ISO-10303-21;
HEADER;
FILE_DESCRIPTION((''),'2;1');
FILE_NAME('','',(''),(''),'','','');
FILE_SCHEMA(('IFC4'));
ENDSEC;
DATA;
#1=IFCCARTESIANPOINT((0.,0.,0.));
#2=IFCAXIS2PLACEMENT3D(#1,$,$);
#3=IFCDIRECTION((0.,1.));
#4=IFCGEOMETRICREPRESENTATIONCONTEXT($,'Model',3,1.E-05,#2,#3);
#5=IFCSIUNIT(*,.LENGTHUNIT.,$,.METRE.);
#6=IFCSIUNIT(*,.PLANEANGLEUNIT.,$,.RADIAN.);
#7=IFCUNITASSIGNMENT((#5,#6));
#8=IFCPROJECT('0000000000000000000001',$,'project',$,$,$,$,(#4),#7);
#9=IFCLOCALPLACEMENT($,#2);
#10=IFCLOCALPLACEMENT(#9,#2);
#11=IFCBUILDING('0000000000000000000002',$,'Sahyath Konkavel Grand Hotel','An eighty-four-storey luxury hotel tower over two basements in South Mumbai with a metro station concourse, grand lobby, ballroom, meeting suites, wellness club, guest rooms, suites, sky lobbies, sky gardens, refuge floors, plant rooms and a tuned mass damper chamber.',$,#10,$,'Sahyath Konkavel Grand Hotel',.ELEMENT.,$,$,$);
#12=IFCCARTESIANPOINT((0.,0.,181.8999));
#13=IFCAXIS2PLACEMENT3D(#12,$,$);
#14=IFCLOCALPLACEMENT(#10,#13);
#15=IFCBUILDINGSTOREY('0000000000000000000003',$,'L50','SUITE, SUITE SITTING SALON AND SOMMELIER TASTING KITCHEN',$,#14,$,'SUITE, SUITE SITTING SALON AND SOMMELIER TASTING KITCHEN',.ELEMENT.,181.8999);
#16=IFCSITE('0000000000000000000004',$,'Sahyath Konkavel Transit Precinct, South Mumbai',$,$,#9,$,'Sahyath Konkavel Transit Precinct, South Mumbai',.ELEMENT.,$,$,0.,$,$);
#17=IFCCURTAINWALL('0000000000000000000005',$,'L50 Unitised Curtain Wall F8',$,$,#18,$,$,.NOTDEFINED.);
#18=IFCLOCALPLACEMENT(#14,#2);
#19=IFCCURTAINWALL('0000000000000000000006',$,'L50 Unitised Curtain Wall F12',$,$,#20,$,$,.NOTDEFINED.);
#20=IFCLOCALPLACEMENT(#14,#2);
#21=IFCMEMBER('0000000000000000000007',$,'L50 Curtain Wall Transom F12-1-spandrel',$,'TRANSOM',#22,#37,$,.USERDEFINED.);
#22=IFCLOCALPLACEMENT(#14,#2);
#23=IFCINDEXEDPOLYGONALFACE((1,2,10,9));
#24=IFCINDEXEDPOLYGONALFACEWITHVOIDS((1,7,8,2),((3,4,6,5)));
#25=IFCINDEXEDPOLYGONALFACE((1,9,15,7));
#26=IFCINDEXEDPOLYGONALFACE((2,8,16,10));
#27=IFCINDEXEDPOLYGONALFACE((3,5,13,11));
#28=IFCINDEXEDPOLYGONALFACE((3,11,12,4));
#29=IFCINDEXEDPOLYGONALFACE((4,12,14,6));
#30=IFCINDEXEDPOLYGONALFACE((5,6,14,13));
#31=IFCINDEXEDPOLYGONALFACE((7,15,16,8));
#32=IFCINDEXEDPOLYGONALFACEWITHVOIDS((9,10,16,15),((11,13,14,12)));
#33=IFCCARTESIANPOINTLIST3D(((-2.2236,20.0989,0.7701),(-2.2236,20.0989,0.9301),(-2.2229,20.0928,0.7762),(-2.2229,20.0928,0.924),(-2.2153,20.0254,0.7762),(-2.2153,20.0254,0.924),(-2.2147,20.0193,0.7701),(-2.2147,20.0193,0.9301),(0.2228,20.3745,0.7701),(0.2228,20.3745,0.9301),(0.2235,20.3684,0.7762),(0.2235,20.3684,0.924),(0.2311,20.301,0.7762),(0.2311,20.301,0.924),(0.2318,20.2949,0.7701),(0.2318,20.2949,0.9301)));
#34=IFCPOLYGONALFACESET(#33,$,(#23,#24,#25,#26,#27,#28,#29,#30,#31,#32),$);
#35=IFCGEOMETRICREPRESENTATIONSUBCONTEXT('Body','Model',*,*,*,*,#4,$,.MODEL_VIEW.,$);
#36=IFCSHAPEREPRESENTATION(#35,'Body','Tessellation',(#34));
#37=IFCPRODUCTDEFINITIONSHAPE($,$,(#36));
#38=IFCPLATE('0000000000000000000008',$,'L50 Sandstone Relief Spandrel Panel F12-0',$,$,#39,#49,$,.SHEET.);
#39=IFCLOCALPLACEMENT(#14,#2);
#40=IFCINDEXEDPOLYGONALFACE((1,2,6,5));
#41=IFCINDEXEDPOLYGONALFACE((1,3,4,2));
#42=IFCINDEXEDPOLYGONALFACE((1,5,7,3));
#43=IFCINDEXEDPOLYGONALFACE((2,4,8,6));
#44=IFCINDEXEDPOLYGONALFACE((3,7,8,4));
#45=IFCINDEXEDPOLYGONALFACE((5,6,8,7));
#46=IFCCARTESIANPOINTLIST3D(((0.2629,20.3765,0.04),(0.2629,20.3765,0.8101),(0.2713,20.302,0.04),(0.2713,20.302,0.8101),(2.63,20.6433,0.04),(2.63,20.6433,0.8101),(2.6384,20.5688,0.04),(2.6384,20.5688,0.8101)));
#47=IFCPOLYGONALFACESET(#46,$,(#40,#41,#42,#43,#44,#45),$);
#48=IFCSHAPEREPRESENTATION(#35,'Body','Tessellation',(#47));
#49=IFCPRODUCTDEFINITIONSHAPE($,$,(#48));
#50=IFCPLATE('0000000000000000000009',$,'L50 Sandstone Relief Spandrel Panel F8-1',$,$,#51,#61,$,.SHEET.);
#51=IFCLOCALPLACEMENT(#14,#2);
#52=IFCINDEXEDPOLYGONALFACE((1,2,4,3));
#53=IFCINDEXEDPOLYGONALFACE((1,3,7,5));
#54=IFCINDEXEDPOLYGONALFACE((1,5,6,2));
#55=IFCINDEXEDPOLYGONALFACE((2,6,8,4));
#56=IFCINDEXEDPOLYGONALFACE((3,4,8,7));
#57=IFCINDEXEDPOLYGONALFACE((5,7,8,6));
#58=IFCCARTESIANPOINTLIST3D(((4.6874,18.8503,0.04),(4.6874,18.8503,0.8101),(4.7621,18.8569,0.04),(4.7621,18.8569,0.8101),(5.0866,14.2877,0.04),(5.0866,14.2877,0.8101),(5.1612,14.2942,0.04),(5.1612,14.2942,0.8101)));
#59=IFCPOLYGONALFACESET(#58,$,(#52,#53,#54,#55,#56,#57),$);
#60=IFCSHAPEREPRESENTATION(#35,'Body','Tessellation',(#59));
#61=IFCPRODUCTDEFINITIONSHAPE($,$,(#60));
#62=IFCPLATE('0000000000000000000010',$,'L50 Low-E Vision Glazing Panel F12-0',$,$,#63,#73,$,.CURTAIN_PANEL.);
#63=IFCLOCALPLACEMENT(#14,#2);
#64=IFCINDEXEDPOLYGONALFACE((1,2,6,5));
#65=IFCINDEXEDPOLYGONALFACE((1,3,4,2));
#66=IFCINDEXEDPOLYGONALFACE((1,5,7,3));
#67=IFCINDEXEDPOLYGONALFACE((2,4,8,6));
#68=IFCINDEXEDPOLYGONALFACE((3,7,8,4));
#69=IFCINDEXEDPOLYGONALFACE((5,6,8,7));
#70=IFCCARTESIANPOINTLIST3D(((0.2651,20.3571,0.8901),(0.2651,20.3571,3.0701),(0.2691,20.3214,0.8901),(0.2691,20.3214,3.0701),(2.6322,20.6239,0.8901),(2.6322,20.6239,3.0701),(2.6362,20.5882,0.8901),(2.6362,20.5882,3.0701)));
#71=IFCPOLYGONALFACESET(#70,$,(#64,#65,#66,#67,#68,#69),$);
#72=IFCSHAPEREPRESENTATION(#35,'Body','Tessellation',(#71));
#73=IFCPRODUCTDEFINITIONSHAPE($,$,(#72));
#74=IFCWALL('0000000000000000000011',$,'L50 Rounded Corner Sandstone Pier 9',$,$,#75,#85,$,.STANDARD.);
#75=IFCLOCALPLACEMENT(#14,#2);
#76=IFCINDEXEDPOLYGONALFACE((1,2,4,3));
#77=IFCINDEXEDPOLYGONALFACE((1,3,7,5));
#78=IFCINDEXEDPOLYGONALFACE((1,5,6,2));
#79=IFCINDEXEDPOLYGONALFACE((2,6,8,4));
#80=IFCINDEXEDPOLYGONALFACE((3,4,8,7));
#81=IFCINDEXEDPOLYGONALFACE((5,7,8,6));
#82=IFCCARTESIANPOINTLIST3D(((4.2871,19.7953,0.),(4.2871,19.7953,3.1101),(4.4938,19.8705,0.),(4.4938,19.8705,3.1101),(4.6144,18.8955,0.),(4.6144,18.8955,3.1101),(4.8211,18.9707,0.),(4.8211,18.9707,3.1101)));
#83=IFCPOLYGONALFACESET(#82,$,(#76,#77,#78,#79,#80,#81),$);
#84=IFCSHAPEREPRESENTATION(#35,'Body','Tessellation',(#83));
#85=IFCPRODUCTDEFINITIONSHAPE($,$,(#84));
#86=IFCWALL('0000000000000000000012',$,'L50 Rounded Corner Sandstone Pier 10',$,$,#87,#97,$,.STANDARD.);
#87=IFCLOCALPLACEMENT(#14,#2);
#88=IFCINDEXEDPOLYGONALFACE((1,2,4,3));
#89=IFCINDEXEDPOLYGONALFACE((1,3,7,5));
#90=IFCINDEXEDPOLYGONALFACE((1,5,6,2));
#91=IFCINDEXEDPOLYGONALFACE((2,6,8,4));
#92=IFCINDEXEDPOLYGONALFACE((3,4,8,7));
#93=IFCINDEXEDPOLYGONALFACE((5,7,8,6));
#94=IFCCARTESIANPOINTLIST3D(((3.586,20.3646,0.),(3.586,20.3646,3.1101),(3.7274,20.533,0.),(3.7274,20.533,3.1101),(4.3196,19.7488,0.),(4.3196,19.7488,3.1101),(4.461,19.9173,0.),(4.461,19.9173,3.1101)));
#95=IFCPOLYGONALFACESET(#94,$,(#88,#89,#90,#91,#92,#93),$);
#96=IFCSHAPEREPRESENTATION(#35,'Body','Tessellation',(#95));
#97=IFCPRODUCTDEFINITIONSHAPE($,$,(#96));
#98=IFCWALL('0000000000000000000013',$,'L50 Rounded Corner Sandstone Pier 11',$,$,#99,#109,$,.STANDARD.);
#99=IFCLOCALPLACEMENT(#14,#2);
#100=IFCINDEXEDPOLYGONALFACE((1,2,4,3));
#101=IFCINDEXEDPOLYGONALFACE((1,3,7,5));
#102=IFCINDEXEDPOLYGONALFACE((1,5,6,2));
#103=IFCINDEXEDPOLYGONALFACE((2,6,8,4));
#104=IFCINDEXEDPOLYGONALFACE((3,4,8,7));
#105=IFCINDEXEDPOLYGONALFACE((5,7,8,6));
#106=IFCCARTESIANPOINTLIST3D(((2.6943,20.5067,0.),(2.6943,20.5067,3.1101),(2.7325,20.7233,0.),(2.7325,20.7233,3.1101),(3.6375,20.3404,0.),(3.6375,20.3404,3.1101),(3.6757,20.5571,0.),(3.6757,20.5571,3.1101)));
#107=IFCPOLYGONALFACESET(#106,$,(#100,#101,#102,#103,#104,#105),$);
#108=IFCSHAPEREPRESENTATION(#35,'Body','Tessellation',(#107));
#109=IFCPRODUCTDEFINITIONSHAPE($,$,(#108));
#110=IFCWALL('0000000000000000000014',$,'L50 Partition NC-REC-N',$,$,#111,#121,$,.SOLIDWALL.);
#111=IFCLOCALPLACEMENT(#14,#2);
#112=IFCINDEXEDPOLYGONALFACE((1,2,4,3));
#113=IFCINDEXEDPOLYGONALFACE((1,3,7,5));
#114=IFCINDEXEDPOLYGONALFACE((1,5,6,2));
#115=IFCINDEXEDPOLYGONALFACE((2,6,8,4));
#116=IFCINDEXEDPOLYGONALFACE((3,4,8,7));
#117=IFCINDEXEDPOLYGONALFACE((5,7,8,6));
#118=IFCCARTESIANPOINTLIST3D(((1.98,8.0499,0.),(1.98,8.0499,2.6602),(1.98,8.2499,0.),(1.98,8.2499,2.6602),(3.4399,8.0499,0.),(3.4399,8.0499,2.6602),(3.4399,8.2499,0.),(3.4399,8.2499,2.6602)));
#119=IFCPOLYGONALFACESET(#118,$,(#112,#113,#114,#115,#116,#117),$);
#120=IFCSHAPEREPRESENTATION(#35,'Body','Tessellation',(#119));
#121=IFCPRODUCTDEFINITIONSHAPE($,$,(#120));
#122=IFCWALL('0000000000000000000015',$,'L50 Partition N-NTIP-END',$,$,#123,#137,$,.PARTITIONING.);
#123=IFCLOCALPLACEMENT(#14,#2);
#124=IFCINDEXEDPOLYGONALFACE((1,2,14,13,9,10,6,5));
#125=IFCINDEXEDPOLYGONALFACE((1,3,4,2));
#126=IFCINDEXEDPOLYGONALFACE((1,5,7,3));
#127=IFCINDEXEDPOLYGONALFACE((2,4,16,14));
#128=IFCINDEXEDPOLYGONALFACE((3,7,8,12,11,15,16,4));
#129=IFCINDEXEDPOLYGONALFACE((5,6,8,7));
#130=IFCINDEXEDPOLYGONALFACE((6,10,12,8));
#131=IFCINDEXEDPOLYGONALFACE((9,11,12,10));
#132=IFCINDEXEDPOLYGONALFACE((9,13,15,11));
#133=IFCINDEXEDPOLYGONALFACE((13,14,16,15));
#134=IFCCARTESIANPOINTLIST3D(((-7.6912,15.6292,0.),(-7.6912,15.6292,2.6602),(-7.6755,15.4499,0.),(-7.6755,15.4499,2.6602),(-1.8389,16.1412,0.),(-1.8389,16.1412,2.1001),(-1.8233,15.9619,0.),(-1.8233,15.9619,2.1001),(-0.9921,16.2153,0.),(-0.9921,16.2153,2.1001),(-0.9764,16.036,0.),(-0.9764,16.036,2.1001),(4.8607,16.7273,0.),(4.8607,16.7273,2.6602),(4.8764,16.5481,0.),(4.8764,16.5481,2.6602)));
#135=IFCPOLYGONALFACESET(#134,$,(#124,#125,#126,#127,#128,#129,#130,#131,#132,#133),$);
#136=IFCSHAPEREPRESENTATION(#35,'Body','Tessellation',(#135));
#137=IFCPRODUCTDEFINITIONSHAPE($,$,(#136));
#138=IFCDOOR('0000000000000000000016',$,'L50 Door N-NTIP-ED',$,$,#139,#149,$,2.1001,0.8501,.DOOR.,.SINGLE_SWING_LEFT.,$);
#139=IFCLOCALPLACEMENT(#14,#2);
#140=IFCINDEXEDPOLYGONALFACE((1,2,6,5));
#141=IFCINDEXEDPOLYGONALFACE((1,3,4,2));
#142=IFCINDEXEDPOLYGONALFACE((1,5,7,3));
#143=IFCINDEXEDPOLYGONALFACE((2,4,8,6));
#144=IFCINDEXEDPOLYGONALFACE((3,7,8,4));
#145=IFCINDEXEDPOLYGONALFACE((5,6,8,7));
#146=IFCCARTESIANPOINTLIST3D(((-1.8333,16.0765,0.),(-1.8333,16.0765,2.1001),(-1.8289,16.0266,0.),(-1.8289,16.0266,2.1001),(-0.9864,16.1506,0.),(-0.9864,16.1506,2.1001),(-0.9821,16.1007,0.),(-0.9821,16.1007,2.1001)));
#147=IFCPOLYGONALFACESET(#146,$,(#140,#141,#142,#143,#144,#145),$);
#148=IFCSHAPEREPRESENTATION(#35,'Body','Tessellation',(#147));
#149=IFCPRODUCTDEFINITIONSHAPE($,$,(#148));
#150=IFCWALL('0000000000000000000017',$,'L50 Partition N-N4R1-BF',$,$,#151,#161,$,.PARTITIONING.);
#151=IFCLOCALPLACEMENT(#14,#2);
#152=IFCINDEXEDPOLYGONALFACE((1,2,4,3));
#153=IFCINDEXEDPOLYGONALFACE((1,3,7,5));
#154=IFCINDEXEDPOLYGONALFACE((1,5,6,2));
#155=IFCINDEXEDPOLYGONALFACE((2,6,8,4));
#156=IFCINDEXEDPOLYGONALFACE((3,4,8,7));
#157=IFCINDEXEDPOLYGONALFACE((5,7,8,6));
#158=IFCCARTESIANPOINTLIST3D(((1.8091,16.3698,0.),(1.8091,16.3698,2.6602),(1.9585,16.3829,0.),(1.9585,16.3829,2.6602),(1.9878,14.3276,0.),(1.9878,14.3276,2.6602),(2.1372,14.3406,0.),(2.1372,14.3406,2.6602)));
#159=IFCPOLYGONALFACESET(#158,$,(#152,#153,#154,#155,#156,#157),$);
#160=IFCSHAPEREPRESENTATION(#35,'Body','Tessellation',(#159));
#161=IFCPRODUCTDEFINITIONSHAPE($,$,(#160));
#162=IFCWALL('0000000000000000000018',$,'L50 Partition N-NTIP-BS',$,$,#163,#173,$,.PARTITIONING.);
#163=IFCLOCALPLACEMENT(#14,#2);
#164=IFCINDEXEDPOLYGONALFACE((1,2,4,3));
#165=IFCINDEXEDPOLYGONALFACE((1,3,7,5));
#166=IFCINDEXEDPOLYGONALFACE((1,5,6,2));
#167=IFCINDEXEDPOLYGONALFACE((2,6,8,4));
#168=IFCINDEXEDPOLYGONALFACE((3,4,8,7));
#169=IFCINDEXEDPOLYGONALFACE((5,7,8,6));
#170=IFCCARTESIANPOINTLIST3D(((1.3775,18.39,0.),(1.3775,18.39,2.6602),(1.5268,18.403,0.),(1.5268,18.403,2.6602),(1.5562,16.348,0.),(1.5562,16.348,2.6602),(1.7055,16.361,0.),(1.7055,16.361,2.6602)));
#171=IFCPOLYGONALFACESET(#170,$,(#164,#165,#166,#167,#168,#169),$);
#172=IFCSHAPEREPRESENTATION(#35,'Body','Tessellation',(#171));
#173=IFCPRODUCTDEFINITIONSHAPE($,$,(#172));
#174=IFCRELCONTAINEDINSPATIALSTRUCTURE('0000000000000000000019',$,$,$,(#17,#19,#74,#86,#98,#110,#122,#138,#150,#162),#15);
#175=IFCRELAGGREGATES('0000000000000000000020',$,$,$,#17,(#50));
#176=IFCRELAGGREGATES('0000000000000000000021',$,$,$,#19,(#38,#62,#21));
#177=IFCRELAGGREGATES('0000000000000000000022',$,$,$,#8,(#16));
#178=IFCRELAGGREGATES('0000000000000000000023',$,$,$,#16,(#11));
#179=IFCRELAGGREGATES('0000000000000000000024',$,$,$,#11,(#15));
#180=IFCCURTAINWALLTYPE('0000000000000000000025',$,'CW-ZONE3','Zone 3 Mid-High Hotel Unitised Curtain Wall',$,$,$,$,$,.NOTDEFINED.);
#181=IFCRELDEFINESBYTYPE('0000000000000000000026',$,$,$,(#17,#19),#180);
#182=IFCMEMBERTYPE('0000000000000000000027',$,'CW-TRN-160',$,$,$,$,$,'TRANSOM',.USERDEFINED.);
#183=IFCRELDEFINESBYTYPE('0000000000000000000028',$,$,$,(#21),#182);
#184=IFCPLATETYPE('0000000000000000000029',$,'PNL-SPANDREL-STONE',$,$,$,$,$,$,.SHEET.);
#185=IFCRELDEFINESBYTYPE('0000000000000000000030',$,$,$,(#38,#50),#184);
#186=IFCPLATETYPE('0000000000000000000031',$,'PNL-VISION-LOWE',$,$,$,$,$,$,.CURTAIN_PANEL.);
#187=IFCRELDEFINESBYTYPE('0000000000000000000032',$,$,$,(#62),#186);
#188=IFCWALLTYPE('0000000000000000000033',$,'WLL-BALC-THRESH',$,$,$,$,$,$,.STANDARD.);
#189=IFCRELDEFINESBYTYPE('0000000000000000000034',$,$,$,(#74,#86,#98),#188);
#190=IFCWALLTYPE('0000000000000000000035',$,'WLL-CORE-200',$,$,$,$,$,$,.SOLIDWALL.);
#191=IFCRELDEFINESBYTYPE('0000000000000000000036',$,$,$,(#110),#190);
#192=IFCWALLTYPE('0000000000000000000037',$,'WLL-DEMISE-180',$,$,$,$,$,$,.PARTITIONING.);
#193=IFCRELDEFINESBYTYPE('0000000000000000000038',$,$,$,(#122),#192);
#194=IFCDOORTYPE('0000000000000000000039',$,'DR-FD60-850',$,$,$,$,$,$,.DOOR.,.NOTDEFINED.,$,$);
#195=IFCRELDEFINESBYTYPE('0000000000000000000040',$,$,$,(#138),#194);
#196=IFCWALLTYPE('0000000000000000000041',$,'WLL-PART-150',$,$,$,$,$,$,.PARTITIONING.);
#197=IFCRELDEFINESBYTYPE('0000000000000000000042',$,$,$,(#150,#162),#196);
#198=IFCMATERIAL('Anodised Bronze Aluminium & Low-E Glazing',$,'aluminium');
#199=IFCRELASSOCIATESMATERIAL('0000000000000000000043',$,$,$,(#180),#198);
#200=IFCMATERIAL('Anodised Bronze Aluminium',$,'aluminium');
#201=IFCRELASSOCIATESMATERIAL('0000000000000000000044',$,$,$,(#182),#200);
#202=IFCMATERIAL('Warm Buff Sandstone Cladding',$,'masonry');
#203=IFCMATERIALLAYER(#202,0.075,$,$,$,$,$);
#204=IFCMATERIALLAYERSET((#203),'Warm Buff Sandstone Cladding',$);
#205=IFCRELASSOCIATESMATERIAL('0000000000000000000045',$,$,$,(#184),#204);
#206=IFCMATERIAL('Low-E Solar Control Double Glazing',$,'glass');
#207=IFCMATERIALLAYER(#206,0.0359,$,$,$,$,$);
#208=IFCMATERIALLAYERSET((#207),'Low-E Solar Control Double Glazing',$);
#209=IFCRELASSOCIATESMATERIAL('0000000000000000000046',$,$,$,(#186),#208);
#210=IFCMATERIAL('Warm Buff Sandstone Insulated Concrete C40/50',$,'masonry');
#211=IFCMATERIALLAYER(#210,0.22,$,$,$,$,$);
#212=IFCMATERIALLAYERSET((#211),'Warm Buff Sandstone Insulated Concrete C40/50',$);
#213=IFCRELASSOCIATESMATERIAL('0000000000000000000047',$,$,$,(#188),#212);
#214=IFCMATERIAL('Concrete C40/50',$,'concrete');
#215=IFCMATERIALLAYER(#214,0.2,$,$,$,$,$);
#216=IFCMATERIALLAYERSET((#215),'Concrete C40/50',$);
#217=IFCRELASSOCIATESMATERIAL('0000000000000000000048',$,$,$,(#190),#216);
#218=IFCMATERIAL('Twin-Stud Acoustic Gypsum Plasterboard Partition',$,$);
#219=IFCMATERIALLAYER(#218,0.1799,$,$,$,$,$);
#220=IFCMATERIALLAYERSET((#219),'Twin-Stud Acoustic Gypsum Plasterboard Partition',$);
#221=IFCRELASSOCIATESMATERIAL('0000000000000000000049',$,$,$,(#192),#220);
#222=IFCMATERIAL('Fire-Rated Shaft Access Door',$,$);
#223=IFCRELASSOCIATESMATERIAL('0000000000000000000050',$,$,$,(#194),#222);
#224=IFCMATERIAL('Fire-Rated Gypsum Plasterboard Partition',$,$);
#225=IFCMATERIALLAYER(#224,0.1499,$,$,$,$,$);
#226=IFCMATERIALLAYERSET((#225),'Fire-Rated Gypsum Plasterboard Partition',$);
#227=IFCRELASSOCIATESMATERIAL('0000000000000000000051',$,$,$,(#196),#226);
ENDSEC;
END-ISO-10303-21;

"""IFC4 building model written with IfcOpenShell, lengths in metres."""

from ifc_helpers import new_model, si_unit, direction, frame, frame_2d, origin, origin_2d, place, context, subcontext, project, spatial, rectangle, hollow_rectangle, extrude, source, transform, mapped, material, layer, layer_set, material_profile, profile_set, type_object, element, fill, aggregate, save


model = new_model("IFC4")

# Units and contexts
model_context = context("Model", 3, precision=1e-05, world=origin(), true_north=direction((0.0, 1.0)))
body_context = subcontext(model_context, "Body", "Model", "MODEL_VIEW")
ifc_project = project(units=[si_unit("LENGTHUNIT", "METRE"), si_unit("PLANEANGLEUNIT", "RADIAN")], contexts=[model_context])

# Site, building, storey
site_placement = place(None, origin())
site = spatial("IfcSite", under=ifc_project, at=site_placement, Name="Sahyath Konkavel Transit Precinct, South Mumbai", LongName="Sahyath Konkavel Transit Precinct, South Mumbai", CompositionType="ELEMENT", RefElevation=0.0)
building_placement = place(site_placement, origin())
building = spatial("IfcBuilding", under=site, at=building_placement, Name="Sahyath Konkavel Grand Hotel", Description="An eighty-four-storey luxury hotel tower over two basements in South Mumbai with a metro station concourse, grand lobby, ballroom, meeting suites, wellness club, guest rooms, suites, sky lobbies, sky gardens, refuge floors, plant rooms and a tuned mass damper chamber.", LongName="Sahyath Konkavel Grand Hotel", CompositionType="ELEMENT")
storey_placement = place(building_placement, frame((0.0, 0.0, 181.8999)))
storey = spatial("IfcBuildingStorey", under=building, at=storey_placement, Name="L50", Description="SUITE, SUITE SITTING SALON AND SOMMELIER TASTING KITCHEN", LongName="SUITE, SUITE SITTING SALON AND SOMMELIER TASTING KITCHEN", CompositionType="ELEMENT", Elevation=181.8999)

# Shared definitions
ifc_material_1 = material(Name="Concrete C40/50", Category="concrete")

# Curtain wall
ifc_material_2 = material(Name="Anodised Bronze Aluminium & Low-E Glazing", Category="aluminium")
curtain_wall_type = type_object("IfcCurtainWallType", Name="CW-ZONE3", Description="Zone 3 Mid-High Hotel Unitised Curtain Wall", PredefinedType="NOTDEFINED", material=ifc_material_2)
curtain_wall_1_placement = place(storey_placement, origin())
curtain_wall_1 = element("IfcCurtainWall", 1, at=curtain_wall_1_placement, inside=storey, type_object=curtain_wall_type, Name="L50 Unitised Curtain Wall F8", PredefinedType="NOTDEFINED")
ifc_material_3 = material(Name="Anodised Bronze Aluminium", Category="aluminium")

# Curtain wall, member, plate
curtain_wall_2_placement = place(storey_placement, origin())
curtain_wall_2 = element("IfcCurtainWall", 2, at=curtain_wall_2_placement, inside=storey, type_object=curtain_wall_type, Name="L50 Unitised Curtain Wall F12", PredefinedType="NOTDEFINED")
ifc_material_profile_1 = material_profile(ifc_material_3, hollow_rectangle(XDim=0.0801, YDim=0.1599, WallThickness=0.0061, at=origin_2d()), Name="RHS 160x80x6")
ifc_profile_set_1 = profile_set([ifc_material_profile_1], Name="Anodised Bronze Aluminium")
member_type_1 = type_object("IfcMemberType", Name="CW-TRN-160", ElementType="TRANSOM", PredefinedType="USERDEFINED", material=ifc_profile_set_1)
shared_shape_1 = source(origin(), body_context, "Body", "SweptSolid", [
    extrude(hollow_rectangle(XDim=0.0801, YDim=0.1599, WallThickness=0.0061, at=origin_2d()), origin(), (0.0, 0.0, 1.0), 2.4619),
])
member_1_placement = place(storey_placement, frame((0.2273, 20.3347, 0.8501), z_axis=(-0.993713, -0.111955, 0.0), x_axis=(0.111955, -0.993713, 0.0)))
member_1 = element("IfcMember", 3, at=member_1_placement, type_object=member_type_1, Name="L50 Curtain Wall Transom F12-1-spandrel", ObjectType="TRANSOM", PredefinedType="USERDEFINED", context=body_context, shape_type="MappedRepresentation", body=[
    mapped(shared_shape_1, transform((0.0, 0.0, 0.0), scale=1.0)),
])
ifc_material_4 = material(Name="Warm Buff Sandstone Cladding", Category="masonry")
ifc_layer_1 = layer(ifc_material_4, 0.075)
ifc_layer_set_1 = layer_set([ifc_layer_1], Name="Warm Buff Sandstone Cladding")
plate_type_1 = type_object("IfcPlateType", Name="PNL-SPANDREL-STONE", PredefinedType="SHEET", material=ifc_layer_set_1)
shared_shape_2 = source(origin(), body_context, "Body", "SweptSolid", [
    extrude(rectangle(XDim=2.3821, YDim=0.075, at=origin_2d()), origin(), (0.0, 0.0, 1.0), 0.77),
])
plate_1_placement = place(storey_placement, frame((1.4507, 20.4727, 0.04), z_axis=(0.0, 0.0, 1.0), x_axis=(-0.993707, -0.112007, 0.0)))
plate_1 = element("IfcPlate", 4, at=plate_1_placement, type_object=plate_type_1, Name="L50 Sandstone Relief Spandrel Panel F12-0", PredefinedType="SHEET", context=body_context, shape_type="MappedRepresentation", body=[
    mapped(shared_shape_2, transform((0.0, 0.0, 0.0), scale=1.0)),
])

# Plates
shared_shape_3 = source(origin(), body_context, "Body", "SweptSolid", [
    extrude(rectangle(XDim=4.5801, YDim=0.075, at=origin_2d()), origin(), (0.0, 0.0, 1.0), 0.77),
])
plate_2_placement = place(storey_placement, frame((4.9243, 16.5723, 0.04), z_axis=(0.0, 0.0, 1.0), x_axis=(-0.087156, 0.996195, 0.0)))
plate_2 = element("IfcPlate", 5, at=plate_2_placement, type_object=plate_type_1, Name="L50 Sandstone Relief Spandrel Panel F8-1", PredefinedType="SHEET", context=body_context, shape_type="MappedRepresentation", body=[
    mapped(shared_shape_3, transform((0.0, 0.0, 0.0), scale=1.0)),
])
aggregate(curtain_wall_1, [plate_2])
ifc_material_5 = material(Name="Low-E Solar Control Double Glazing", Category="glass")
ifc_layer_2 = layer(ifc_material_5, 0.0359)
ifc_layer_set_2 = layer_set([ifc_layer_2], Name="Low-E Solar Control Double Glazing")
plate_type_2 = type_object("IfcPlateType", Name="PNL-VISION-LOWE", PredefinedType="CURTAIN_PANEL", material=ifc_layer_set_2)
shared_shape_4 = source(origin(), body_context, "Body", "SweptSolid", [
    extrude(rectangle(XDim=2.3821, YDim=0.0359, at=origin_2d()), origin(), (0.0, 0.0, 1.0), 2.1799),
])
plate_3_placement = place(storey_placement, frame((1.4507, 20.4727, 0.8901), z_axis=(0.0, 0.0, 1.0), x_axis=(-0.993707, -0.112007, 0.0)))
plate_3 = element("IfcPlate", 6, at=plate_3_placement, type_object=plate_type_2, Name="L50 Low-E Vision Glazing Panel F12-0", PredefinedType="CURTAIN_PANEL", context=body_context, shape_type="MappedRepresentation", body=[
    mapped(shared_shape_4, transform((0.0, 0.0, 0.0), scale=1.0)),
])
aggregate(curtain_wall_2, [plate_1, plate_3, member_1])

# Walls
ifc_material_6 = material(Name="Warm Buff Sandstone Insulated Concrete C40/50", Category="masonry")
ifc_layer_3 = layer(ifc_material_6, 0.22)
ifc_layer_set_3 = layer_set([ifc_layer_3], Name="Warm Buff Sandstone Insulated Concrete C40/50")
wall_type_1 = type_object("IfcWallType", Name="WLL-BALC-THRESH", PredefinedType="STANDARD", material=ifc_layer_set_3)
wall_1_placement = place(storey_placement, frame((4.7178, 18.9331, 0.0), z_axis=(0.0, 0.0, 1.0), x_axis=(-0.341886, 0.939741, 0.0)))
element("IfcWall", 7, at=wall_1_placement, inside=storey, type_object=wall_type_1, Name="L50 Rounded Corner Sandstone Pier 9", PredefinedType="STANDARD", context=body_context, shape_type="SweptSolid", body=[
    extrude(rectangle(XDim=0.9575, YDim=0.22, at=frame_2d((0.4788, 0.0))), origin(), (0.0, 0.0, 1.0), 3.1101),
])
for number, where, z_axis, x_axis, name in (
    (8, (4.3904, 19.833, 0.0), (0.0, 0.0, 1.0), (-0.765981, 0.642863, 0.0), "L50 Rounded Corner Sandstone Pier 10"),
    (9, (3.6567, 20.4487, 0.0), (0.0, 0.0, 1.0), (-0.984814, 0.173611, 0.0), "L50 Rounded Corner Sandstone Pier 11"),
):
    element("IfcWall", number, at=place(storey_placement, frame(where, z_axis=z_axis, x_axis=x_axis)), inside=storey, type_object=wall_type_1, Name=name, PredefinedType="STANDARD", context=body_context, shape_type="SweptSolid", body=[
        extrude(rectangle(XDim=0.9578, YDim=0.22, at=frame_2d((0.479, 0.0))), origin(), (0.0, 0.0, 1.0), 3.1101),
    ])
ifc_layer_4 = layer(ifc_material_1, 0.2)
ifc_layer_set_4 = layer_set([ifc_layer_4], Name="Concrete C40/50")
wall_type_2 = type_object("IfcWallType", Name="WLL-CORE-200", PredefinedType="SOLIDWALL", material=ifc_layer_set_4)
wall_2_placement = place(storey_placement, frame((1.98, 8.1499, 0.0), z_axis=(0.0, 0.0, 1.0), x_axis=(1.0, 0.0, 0.0)))
element("IfcWall", 10, at=wall_2_placement, inside=storey, type_object=wall_type_2, Name="L50 Partition NC-REC-N", PredefinedType="SOLIDWALL", context=body_context, shape_type="SweptSolid", body=[
    extrude(rectangle(XDim=1.46, YDim=0.2, at=frame_2d((0.73, 0.0))), origin(), (0.0, 0.0, 1.0), 2.6602),
])

# Wall, opening, door
ifc_material_7 = material(Name="Twin-Stud Acoustic Gypsum Plasterboard Partition")
ifc_layer_5 = layer(ifc_material_7, 0.1799)
ifc_layer_set_5 = layer_set([ifc_layer_5], Name="Twin-Stud Acoustic Gypsum Plasterboard Partition")
wall_type_3 = type_object("IfcWallType", Name="WLL-DEMISE-180", PredefinedType="PARTITIONING", material=ifc_layer_set_5)
wall_3_placement = place(storey_placement, frame((4.8684, 16.6377, 0.0), z_axis=(0.0, 0.0, 1.0), x_axis=(-0.996195, -0.087155, 0.0)))
wall_3 = element("IfcWall", 11, at=wall_3_placement, inside=storey, type_object=wall_type_3, Name="L50 Partition N-NTIP-END", PredefinedType="PARTITIONING", context=body_context, shape_type="SweptSolid", body=[
    extrude(rectangle(XDim=12.5999, YDim=0.1799, at=frame_2d((6.2998, 0.0))), origin(), (0.0, 0.0, 1.0), 2.6602),
])
opening_1_placement = place(wall_3_placement, frame((5.875, 0.0, 0.0)))
opening_1 = element("IfcOpeningElement", 12, at=opening_1_placement, cuts=wall_3, PredefinedType="OPENING", context=body_context, shape_type="SweptSolid", body=[
    extrude(rectangle(XDim=0.8501, YDim=2.1001, at=frame_2d((0.425, 1.05))), frame((0.0, 0.1001, 0.0), z_axis=(0.0, -1.0, 0.0), x_axis=(1.0, 0.0, 0.0)), (0.0, 0.0, 1.0), 0.2),
])
ifc_material_8 = material(Name="Fire-Rated Shaft Access Door")
door_type_1 = type_object("IfcDoorType", Name="DR-FD60-850", OperationType="NOTDEFINED", PredefinedType="DOOR", material=ifc_material_8)
shared_shape_5 = source(origin(), body_context, "Body", "SweptSolid", [
    extrude(rectangle(XDim=0.8501, YDim=0.05, at=origin_2d()), origin(), (0.0, 0.0, 1.0), 2.1001),
])
door_1_placement = place(opening_1_placement, frame((0.425, 0.0, 0.0)))
door_1 = element("IfcDoor", 13, at=door_1_placement, inside=storey, type_object=door_type_1, Name="L50 Door N-NTIP-ED", OperationType="SINGLE_SWING_LEFT", OverallHeight=2.1001, OverallWidth=0.8501, PredefinedType="DOOR", context=body_context, shape_type="MappedRepresentation", body=[
    mapped(shared_shape_5, transform((0.0, 0.0, 0.0), scale=1.0)),
])
fill(opening_1, door_1)

# Walls
ifc_material_9 = material(Name="Fire-Rated Gypsum Plasterboard Partition")
ifc_layer_6 = layer(ifc_material_9, 0.1499)
ifc_layer_set_6 = layer_set([ifc_layer_6], Name="Fire-Rated Gypsum Plasterboard Partition")
wall_type_4 = type_object("IfcWallType", Name="WLL-PART-150", PredefinedType="PARTITIONING", material=ifc_layer_set_6)
wall_4_placement = place(storey_placement, frame((2.0625, 14.3342, 0.0), z_axis=(0.0, 0.0, 1.0), x_axis=(-0.087174, 0.996193, 0.0)))
element("IfcWall", 14, at=wall_4_placement, inside=storey, type_object=wall_type_4, Name="L50 Partition N-N4R1-BF", PredefinedType="PARTITIONING", context=body_context, shape_type="SweptSolid", body=[
    extrude(rectangle(XDim=2.05, YDim=0.1499, at=frame_2d((1.0249, 0.0))), origin(), (0.0, 0.0, 1.0), 2.6602),
])
wall_5_placement = place(storey_placement, frame((1.6309, 16.3545, 0.0), z_axis=(0.0, 0.0, 1.0), x_axis=(-0.087185, 0.996192, 0.0)))
element("IfcWall", 15, at=wall_5_placement, inside=storey, type_object=wall_type_4, Name="L50 Partition N-NTIP-BS", PredefinedType="PARTITIONING", context=body_context, shape_type="SweptSolid", body=[
    extrude(rectangle(XDim=2.0498, YDim=0.1499, at=frame_2d((1.0249, 0.0))), origin(), (0.0, 0.0, 1.0), 2.6602),
])

save(model, "model.ifc")
